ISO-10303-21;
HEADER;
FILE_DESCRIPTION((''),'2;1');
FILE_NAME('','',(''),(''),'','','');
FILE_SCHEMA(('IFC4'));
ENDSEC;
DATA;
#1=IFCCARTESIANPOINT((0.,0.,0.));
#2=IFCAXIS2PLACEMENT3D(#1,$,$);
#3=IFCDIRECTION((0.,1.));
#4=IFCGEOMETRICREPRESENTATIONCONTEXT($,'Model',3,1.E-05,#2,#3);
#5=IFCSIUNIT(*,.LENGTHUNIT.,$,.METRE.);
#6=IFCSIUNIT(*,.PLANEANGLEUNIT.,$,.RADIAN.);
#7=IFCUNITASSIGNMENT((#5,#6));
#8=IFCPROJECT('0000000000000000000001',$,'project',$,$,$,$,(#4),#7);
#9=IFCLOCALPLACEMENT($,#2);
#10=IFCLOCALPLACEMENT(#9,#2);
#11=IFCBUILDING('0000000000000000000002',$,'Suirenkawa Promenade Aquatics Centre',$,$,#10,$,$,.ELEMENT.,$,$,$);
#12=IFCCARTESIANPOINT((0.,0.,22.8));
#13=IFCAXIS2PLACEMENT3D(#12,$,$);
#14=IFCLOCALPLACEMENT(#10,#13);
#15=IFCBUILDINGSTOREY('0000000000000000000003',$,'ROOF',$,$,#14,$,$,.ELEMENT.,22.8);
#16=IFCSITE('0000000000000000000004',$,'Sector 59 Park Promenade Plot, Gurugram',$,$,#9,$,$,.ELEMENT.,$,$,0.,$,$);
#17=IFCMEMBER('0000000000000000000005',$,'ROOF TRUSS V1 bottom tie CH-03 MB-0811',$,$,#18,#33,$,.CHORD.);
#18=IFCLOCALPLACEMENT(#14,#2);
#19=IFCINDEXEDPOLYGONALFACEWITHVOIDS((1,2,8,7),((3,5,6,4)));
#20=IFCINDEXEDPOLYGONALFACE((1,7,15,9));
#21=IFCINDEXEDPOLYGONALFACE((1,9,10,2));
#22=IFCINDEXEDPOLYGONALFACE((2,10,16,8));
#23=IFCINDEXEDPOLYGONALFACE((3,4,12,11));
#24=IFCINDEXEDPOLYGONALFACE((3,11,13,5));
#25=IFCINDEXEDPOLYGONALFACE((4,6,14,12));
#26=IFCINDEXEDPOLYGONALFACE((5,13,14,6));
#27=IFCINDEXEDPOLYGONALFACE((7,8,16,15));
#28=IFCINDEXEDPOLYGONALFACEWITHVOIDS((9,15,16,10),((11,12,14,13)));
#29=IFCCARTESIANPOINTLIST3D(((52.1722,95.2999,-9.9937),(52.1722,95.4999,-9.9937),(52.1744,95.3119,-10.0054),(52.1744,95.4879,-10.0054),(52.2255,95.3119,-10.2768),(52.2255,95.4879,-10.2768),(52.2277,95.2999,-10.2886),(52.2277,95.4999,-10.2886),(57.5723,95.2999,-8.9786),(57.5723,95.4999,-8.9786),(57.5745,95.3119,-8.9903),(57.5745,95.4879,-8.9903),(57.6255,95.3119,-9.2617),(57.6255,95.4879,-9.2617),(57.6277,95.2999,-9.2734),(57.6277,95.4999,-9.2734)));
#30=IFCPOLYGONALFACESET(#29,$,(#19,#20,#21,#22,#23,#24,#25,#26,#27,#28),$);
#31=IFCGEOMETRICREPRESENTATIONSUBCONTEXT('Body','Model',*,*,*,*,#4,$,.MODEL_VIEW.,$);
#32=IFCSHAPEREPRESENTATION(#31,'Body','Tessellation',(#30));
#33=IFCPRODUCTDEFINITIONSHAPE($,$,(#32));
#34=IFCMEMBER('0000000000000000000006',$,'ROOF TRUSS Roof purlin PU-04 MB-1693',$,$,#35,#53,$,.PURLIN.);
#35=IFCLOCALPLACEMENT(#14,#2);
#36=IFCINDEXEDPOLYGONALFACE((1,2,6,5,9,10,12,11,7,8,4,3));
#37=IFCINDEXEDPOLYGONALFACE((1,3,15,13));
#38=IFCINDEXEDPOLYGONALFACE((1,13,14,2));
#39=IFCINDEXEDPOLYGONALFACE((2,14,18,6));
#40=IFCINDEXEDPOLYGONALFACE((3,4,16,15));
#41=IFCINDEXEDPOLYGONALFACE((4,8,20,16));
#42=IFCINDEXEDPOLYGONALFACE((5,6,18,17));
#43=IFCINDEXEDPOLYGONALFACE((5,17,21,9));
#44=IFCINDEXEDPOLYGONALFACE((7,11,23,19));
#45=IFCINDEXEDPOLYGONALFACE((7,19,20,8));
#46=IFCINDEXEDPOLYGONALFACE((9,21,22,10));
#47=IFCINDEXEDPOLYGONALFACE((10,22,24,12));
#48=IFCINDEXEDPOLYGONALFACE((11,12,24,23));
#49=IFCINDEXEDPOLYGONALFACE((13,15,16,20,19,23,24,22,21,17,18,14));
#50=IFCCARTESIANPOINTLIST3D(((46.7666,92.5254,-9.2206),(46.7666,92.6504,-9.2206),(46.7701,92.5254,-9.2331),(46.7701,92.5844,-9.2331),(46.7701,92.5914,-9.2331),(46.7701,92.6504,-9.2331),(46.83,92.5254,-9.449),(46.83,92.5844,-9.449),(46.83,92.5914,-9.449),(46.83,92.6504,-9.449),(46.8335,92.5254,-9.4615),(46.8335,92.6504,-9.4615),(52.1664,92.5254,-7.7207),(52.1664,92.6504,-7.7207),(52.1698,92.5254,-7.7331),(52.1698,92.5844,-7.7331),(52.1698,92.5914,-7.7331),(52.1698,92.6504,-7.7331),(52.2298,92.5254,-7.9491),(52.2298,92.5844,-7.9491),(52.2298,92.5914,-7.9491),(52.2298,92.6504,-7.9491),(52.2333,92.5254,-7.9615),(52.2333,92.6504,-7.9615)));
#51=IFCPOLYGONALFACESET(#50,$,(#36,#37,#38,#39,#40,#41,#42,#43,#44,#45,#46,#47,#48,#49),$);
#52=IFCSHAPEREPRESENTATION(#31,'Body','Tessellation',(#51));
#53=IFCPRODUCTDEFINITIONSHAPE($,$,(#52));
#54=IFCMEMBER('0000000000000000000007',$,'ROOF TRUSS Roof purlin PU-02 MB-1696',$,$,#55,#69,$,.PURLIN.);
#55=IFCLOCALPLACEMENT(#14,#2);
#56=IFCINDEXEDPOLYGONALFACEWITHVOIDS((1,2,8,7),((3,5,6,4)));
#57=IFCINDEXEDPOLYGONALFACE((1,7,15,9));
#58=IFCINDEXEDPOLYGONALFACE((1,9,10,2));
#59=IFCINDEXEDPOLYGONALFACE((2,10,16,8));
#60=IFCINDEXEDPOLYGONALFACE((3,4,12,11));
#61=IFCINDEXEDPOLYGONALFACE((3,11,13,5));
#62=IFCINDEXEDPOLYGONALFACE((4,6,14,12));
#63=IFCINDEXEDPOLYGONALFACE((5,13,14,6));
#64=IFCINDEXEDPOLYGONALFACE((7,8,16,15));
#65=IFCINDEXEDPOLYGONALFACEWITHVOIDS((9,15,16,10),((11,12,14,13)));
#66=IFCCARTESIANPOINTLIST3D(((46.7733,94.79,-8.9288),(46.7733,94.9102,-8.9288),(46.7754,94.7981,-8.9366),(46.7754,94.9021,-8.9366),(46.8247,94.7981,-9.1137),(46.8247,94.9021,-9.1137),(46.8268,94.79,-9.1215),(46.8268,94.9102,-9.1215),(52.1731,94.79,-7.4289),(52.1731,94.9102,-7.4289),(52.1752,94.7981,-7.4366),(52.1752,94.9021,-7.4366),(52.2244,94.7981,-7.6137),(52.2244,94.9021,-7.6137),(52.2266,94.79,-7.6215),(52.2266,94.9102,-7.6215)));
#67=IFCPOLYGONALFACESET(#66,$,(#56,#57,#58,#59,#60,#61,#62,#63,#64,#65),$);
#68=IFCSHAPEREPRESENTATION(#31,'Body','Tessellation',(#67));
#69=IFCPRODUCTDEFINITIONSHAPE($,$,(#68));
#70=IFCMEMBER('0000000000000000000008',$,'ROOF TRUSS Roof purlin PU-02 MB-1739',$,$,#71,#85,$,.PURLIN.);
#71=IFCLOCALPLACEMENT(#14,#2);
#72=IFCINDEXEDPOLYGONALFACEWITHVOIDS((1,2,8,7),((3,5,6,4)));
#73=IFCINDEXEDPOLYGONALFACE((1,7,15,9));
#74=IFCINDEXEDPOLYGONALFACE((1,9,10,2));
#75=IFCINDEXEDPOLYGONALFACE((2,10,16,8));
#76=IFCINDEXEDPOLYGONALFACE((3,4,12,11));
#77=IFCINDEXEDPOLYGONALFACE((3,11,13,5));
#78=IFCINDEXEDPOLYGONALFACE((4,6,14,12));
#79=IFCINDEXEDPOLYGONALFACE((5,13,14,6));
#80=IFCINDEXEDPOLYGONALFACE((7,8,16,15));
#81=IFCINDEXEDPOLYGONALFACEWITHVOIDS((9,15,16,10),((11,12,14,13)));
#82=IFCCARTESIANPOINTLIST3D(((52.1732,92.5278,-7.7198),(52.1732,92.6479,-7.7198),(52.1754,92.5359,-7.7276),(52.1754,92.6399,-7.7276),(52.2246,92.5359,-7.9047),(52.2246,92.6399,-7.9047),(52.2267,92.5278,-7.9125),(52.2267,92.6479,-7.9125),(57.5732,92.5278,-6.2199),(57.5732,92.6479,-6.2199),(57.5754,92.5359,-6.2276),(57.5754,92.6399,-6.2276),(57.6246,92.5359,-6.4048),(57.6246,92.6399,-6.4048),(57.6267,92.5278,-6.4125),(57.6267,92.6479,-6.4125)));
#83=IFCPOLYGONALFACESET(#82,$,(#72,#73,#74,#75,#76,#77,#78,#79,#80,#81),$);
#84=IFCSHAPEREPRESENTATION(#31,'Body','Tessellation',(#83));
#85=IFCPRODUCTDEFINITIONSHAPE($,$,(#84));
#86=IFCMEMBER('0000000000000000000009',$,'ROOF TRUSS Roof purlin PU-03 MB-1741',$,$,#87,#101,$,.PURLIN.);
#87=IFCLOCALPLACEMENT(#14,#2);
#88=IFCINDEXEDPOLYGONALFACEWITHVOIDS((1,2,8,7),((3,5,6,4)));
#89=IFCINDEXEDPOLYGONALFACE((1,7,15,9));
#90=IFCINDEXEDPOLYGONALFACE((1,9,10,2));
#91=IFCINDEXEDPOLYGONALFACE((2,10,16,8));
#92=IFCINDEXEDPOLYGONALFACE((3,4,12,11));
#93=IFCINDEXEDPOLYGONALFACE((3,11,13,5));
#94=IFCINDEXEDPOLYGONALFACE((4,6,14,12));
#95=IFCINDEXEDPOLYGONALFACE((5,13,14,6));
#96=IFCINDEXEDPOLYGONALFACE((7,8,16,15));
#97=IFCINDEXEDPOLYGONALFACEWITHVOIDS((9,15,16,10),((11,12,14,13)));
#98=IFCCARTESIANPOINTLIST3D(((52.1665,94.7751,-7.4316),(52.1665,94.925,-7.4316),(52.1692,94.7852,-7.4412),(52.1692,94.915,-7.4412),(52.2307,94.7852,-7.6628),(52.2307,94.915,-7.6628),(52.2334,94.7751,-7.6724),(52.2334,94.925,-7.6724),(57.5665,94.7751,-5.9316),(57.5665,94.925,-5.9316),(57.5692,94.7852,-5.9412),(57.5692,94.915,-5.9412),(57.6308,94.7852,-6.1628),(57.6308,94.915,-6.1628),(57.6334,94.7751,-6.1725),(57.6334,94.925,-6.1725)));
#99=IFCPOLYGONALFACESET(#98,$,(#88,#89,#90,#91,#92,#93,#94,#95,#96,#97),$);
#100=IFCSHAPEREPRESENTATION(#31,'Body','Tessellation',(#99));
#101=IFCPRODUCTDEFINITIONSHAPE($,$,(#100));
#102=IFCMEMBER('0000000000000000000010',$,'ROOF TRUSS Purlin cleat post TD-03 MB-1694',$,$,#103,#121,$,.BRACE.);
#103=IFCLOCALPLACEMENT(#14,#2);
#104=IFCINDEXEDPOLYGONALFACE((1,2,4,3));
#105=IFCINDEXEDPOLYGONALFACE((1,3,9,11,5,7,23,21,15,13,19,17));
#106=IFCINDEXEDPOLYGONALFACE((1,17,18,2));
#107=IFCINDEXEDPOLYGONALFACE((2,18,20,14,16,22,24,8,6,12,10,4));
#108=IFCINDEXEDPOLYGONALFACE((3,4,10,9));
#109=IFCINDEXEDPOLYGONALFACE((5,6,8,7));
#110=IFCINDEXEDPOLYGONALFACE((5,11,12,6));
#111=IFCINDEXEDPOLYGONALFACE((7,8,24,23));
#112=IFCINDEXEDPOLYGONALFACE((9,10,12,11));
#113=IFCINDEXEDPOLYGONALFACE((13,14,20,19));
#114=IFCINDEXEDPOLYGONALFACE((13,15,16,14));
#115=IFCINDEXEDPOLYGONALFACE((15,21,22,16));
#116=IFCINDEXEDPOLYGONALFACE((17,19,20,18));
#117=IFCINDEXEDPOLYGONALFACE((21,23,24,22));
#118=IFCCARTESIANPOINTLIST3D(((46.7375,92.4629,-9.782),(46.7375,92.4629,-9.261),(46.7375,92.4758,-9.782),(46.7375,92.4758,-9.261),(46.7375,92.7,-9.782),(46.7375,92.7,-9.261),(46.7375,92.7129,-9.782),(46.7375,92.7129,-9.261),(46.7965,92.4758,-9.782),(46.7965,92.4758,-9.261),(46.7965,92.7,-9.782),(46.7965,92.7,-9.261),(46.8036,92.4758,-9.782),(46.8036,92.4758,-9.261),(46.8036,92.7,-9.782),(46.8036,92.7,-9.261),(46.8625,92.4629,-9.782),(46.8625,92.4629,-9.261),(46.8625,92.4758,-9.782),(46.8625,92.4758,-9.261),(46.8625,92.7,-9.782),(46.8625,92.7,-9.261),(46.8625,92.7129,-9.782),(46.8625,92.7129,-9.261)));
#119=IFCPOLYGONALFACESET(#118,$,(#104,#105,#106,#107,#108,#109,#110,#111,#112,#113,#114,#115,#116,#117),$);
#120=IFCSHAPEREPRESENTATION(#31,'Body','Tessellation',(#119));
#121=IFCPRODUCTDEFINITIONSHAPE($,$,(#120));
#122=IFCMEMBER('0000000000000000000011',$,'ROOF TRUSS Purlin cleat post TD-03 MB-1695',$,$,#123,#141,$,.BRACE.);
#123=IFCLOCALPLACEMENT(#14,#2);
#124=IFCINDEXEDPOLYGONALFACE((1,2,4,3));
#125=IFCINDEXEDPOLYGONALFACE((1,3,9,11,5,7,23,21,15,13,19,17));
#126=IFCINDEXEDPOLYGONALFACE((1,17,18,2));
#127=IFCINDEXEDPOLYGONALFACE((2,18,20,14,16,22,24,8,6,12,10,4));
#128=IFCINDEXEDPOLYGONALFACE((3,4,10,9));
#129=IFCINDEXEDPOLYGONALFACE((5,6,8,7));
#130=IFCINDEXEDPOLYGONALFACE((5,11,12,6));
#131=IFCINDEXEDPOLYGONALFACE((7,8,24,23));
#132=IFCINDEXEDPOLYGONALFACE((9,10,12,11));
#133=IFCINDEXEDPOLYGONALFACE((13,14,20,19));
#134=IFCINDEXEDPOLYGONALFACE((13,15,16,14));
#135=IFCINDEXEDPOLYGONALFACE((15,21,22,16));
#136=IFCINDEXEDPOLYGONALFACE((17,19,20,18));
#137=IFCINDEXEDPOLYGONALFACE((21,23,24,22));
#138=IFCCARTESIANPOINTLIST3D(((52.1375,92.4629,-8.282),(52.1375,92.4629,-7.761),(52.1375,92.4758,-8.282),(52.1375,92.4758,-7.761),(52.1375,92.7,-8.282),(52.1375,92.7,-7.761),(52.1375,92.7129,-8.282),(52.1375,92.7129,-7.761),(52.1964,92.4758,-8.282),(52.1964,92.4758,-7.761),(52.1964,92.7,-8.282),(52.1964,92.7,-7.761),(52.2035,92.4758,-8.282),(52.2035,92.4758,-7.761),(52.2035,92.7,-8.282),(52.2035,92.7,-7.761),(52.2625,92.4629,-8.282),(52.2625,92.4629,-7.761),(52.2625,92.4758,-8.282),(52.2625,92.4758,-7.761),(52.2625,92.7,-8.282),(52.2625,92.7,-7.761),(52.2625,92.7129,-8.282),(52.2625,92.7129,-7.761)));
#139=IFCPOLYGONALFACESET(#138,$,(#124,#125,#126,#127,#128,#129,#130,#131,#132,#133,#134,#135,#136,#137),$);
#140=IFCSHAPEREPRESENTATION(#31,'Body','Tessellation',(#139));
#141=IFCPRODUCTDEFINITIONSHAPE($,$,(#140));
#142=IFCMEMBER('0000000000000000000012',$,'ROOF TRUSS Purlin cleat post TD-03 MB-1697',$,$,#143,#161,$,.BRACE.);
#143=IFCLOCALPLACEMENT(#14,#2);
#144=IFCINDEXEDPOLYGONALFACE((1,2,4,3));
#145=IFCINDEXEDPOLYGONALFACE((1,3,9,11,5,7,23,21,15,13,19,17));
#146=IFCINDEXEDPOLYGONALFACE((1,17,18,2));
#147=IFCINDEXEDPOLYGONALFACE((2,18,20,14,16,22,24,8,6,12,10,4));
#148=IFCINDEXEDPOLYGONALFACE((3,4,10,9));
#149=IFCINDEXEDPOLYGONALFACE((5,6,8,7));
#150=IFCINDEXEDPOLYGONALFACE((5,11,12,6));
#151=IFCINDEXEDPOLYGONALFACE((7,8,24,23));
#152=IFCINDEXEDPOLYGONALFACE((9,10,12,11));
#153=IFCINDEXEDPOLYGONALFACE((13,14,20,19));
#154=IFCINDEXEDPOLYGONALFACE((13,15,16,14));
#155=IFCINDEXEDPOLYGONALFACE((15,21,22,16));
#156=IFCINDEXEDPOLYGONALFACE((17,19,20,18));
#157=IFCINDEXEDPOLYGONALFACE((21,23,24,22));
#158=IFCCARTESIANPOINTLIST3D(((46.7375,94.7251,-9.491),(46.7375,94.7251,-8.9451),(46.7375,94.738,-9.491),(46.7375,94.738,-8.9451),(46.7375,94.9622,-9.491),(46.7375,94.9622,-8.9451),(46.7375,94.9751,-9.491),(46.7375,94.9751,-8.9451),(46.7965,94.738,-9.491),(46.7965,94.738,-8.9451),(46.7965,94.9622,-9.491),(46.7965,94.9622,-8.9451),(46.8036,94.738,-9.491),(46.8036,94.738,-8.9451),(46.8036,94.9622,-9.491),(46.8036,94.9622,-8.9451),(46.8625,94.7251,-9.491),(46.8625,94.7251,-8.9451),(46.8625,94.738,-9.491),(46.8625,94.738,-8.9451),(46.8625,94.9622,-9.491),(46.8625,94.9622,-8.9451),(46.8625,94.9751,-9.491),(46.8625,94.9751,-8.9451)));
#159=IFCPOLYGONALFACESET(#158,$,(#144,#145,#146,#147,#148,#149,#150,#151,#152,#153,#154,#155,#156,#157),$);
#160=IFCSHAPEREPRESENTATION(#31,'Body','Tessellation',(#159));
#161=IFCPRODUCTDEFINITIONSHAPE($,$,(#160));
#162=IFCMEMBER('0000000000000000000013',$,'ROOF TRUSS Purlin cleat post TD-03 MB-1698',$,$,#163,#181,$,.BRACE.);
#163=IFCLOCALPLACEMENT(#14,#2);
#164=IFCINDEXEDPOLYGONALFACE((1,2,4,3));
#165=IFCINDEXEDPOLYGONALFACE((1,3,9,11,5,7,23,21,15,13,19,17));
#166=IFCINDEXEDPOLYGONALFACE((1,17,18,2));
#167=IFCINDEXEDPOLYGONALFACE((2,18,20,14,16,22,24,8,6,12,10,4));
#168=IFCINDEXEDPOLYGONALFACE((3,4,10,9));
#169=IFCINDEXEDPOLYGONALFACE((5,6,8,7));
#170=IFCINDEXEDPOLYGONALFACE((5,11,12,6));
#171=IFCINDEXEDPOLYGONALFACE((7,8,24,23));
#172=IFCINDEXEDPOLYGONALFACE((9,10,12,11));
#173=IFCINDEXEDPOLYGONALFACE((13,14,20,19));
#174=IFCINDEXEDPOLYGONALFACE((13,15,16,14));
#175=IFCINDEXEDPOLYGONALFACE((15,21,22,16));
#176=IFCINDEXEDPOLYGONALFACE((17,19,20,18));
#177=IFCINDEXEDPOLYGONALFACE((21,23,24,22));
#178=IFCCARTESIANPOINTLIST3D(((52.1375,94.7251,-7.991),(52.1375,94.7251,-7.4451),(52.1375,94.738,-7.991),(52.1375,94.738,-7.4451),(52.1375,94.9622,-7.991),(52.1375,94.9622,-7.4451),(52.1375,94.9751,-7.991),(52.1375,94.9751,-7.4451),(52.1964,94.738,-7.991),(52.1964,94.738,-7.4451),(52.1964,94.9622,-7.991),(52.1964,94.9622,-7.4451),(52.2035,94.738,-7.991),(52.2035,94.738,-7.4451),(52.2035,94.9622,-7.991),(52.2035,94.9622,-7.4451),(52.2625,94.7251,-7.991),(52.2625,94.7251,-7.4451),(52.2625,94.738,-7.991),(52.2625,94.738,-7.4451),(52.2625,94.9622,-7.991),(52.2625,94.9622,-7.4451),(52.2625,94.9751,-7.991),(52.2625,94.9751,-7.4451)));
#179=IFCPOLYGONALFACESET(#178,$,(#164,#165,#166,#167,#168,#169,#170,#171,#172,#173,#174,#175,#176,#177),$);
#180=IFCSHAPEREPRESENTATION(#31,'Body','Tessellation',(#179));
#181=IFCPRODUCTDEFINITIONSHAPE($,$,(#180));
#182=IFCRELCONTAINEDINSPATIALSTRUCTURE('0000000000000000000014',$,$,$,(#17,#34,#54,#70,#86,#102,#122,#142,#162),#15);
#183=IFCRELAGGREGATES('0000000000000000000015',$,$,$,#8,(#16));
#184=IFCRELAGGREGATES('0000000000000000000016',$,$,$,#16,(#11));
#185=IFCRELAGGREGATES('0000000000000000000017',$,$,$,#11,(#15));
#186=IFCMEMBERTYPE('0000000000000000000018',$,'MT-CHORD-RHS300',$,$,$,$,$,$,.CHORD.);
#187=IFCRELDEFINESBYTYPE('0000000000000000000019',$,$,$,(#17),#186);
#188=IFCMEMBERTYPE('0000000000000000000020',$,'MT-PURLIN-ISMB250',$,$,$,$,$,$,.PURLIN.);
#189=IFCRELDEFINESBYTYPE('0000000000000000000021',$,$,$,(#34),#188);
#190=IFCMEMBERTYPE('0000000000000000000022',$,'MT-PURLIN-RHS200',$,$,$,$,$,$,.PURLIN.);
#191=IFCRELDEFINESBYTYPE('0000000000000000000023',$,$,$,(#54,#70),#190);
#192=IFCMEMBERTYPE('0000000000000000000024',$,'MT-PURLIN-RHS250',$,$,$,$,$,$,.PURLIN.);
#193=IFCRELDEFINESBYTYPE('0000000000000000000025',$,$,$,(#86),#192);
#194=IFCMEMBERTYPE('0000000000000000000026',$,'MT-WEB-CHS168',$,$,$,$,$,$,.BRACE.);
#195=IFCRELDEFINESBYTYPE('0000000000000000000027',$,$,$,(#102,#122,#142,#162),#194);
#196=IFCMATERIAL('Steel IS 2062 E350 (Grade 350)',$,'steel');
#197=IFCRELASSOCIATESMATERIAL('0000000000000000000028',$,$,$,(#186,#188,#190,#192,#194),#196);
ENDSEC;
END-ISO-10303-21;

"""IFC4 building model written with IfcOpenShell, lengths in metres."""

from ifc_helpers import new_model, si_unit, direction, frame, origin, origin_2d, place, context, subcontext, project, spatial, hollow_rectangle, i_section, extrude, material, material_profile, profile_set, type_object, element, save


model = new_model("IFC4")

# Units and contexts
model_context = context("Model", 3, precision=1e-05, world=origin(), true_north=direction((0.0, 1.0)))
body_context = subcontext(model_context, "Body", "Model", "MODEL_VIEW")
ifc_project = project(units=[si_unit("LENGTHUNIT", "METRE"), si_unit("PLANEANGLEUNIT", "RADIAN")], contexts=[model_context])

# Site, building, storey
site_placement = place(None, origin())
site = spatial("IfcSite", under=ifc_project, at=site_placement, Name="Sector 59 Park Promenade Plot, Gurugram", CompositionType="ELEMENT", RefElevation=0.0)
building_placement = place(site_placement, origin())
building = spatial("IfcBuilding", under=site, at=building_placement, Name="Suirenkawa Promenade Aquatics Centre", CompositionType="ELEMENT")
storey_placement = place(building_placement, frame((0.0, 0.0, 22.8)))
storey = spatial("IfcBuildingStorey", under=building, at=storey_placement, Name="ROOF", CompositionType="ELEMENT", Elevation=22.8)

# Shared definitions
ifc_material_1 = material(Name="Steel IS 2062 E350 (Grade 350)", Category="steel")

# Members
ifc_material_profile_1 = material_profile(ifc_material_1, hollow_rectangle(XDim=0.2, YDim=0.3, WallThickness=0.012, at=origin_2d()), Name="RHS 300x200x12", Category="steel")
ifc_profile_set_1 = profile_set([ifc_material_profile_1], Name="Steel IS 2062 E350 (Grade 350)")
member_type_1 = type_object("IfcMemberType", Name="MT-CHORD-RHS300", PredefinedType="CHORD", material=ifc_profile_set_1)
member_1_placement = place(storey_placement, frame((52.2, 95.3999, -10.1411), z_axis=(0.982786, 0.0, 0.184747), x_axis=(0.0, 1.0, 0.0)))
element("IfcMember", 1, at=member_1_placement, inside=storey, type_object=member_type_1, Name="ROOF TRUSS V1 bottom tie CH-03 MB-0811", PredefinedType="CHORD", context=body_context, shape_type="SweptSolid", body=[
    extrude(hollow_rectangle(XDim=0.2, YDim=0.3, WallThickness=0.012, at=origin_2d()), origin(), (0.0, 0.0, 1.0), 5.4946),
])
ifc_material_profile_2 = material_profile(ifc_material_1, i_section(OverallWidth=0.125, OverallDepth=0.25, WebThickness=0.0071, FlangeThickness=0.0129, at=origin_2d()), Name="ISMB 250", Category="steel")
ifc_profile_set_2 = profile_set([ifc_material_profile_2], Name="Steel IS 2062 E350 (Grade 350)")
member_type_2 = type_object("IfcMemberType", Name="MT-PURLIN-ISMB250", PredefinedType="PURLIN", material=ifc_profile_set_2)
member_2_placement = place(storey_placement, frame((46.8, 92.5879, -9.3411), z_axis=(0.963517, 0.0, 0.267648), x_axis=(0.0, 1.0, 0.0)))
element("IfcMember", 2, at=member_2_placement, inside=storey, type_object=member_type_2, Name="ROOF TRUSS Roof purlin PU-04 MB-1693", PredefinedType="PURLIN", context=body_context, shape_type="SweptSolid", body=[
    extrude(i_section(OverallWidth=0.125, OverallDepth=0.25, WebThickness=0.0071, FlangeThickness=0.0129, at=origin_2d()), origin(), (0.0, 0.0, 1.0), 5.6042),
])
ifc_material_profile_3 = material_profile(ifc_material_1, hollow_rectangle(XDim=0.1201, YDim=0.2, WallThickness=0.0081, at=origin_2d()), Name="RHS 200x120x8", Category="steel")
ifc_profile_set_3 = profile_set([ifc_material_profile_3], Name="Steel IS 2062 E350 (Grade 350)")
member_type_3 = type_object("IfcMemberType", Name="MT-PURLIN-RHS200", PredefinedType="PURLIN", material=ifc_profile_set_3)
member_3_placement = place(storey_placement, frame((46.8, 94.8501, -9.0251), z_axis=(0.963517, 0.0, 0.267648), x_axis=(0.0, 1.0, 0.0)))
element("IfcMember", 3, at=member_3_placement, inside=storey, type_object=member_type_3, Name="ROOF TRUSS Roof purlin PU-02 MB-1696", PredefinedType="PURLIN", context=body_context, shape_type="SweptSolid", body=[
    extrude(hollow_rectangle(XDim=0.1201, YDim=0.2, WallThickness=0.0081, at=origin_2d()), origin(), (0.0, 0.0, 1.0), 5.6042),
])
member_4_placement = place(storey_placement, frame((52.2, 92.5879, -7.8162), z_axis=(0.96352, 0.0, 0.267637), x_axis=(0.0, 1.0, 0.0)))
element("IfcMember", 4, at=member_4_placement, inside=storey, type_object=member_type_3, Name="ROOF TRUSS Roof purlin PU-02 MB-1739", PredefinedType="PURLIN", context=body_context, shape_type="SweptSolid", body=[
    extrude(hollow_rectangle(XDim=0.1201, YDim=0.2, WallThickness=0.0081, at=origin_2d()), origin(), (0.0, 0.0, 1.0), 5.6045),
])
ifc_material_profile_4 = material_profile(ifc_material_1, hollow_rectangle(XDim=0.1499, YDim=0.25, WallThickness=0.01, at=origin_2d()), Name="RHS 250x150x10", Category="steel")
ifc_profile_set_4 = profile_set([ifc_material_profile_4], Name="Steel IS 2062 E350 (Grade 350)")
member_type_4 = type_object("IfcMemberType", Name="MT-PURLIN-RHS250", PredefinedType="PURLIN", material=ifc_profile_set_4)
member_5_placement = place(storey_placement, frame((52.2, 94.8501, -7.552), z_axis=(0.96352, 0.0, 0.267637), x_axis=(0.0, 1.0, 0.0)))
element("IfcMember", 5, at=member_5_placement, inside=storey, type_object=member_type_4, Name="ROOF TRUSS Roof purlin PU-03 MB-1741", PredefinedType="PURLIN", context=body_context, shape_type="SweptSolid", body=[
    extrude(hollow_rectangle(XDim=0.1499, YDim=0.25, WallThickness=0.01, at=origin_2d()), origin(), (0.0, 0.0, 1.0), 5.6045),
])
ifc_material_profile_5 = material_profile(ifc_material_1, i_section(OverallWidth=0.125, OverallDepth=0.25, WebThickness=0.0071, FlangeThickness=0.0129, at=origin_2d()), Name="ISMB 250", Category="steel")
ifc_profile_set_5 = profile_set([ifc_material_profile_5], Name="Steel IS 2062 E350 (Grade 350)")
member_type_5 = type_object("IfcMemberType", Name="MT-WEB-CHS168", PredefinedType="BRACE", material=ifc_profile_set_5)
for number, where, z_axis, x_axis, name in (
    (6, (46.8, 92.5879, -9.782), (0.0, 0.0, 1.0), (1.0, 0.0, 0.0), "ROOF TRUSS Purlin cleat post TD-03 MB-1694"),
    (7, (52.2, 92.5879, -8.282), (0.0, 0.0, 1.0), (1.0, 0.0, 0.0), "ROOF TRUSS Purlin cleat post TD-03 MB-1695"),
):
    element("IfcMember", number, at=place(storey_placement, frame(where, z_axis=z_axis, x_axis=x_axis)), inside=storey, type_object=member_type_5, Name=name, PredefinedType="BRACE", context=body_context, shape_type="SweptSolid", body=[
        extrude(i_section(OverallWidth=0.125, OverallDepth=0.25, WebThickness=0.0071, FlangeThickness=0.0129, at=origin_2d()), origin(), (0.0, 0.0, 1.0), 0.521),
    ])
for number, where, z_axis, x_axis, name in (
    (8, (46.8, 94.8501, -9.491), (0.0, 0.0, 1.0), (1.0, 0.0, 0.0), "ROOF TRUSS Purlin cleat post TD-03 MB-1697"),
    (9, (52.2, 94.8501, -7.991), (0.0, 0.0, 1.0), (1.0, 0.0, 0.0), "ROOF TRUSS Purlin cleat post TD-03 MB-1698"),
):
    element("IfcMember", number, at=place(storey_placement, frame(where, z_axis=z_axis, x_axis=x_axis)), inside=storey, type_object=member_type_5, Name=name, PredefinedType="BRACE", context=body_context, shape_type="SweptSolid", body=[
        extrude(i_section(OverallWidth=0.125, OverallDepth=0.25, WebThickness=0.0071, FlangeThickness=0.0129, at=origin_2d()), origin(), (0.0, 0.0, 1.0), 0.5459),
    ])

save(model, "model.ifc")
